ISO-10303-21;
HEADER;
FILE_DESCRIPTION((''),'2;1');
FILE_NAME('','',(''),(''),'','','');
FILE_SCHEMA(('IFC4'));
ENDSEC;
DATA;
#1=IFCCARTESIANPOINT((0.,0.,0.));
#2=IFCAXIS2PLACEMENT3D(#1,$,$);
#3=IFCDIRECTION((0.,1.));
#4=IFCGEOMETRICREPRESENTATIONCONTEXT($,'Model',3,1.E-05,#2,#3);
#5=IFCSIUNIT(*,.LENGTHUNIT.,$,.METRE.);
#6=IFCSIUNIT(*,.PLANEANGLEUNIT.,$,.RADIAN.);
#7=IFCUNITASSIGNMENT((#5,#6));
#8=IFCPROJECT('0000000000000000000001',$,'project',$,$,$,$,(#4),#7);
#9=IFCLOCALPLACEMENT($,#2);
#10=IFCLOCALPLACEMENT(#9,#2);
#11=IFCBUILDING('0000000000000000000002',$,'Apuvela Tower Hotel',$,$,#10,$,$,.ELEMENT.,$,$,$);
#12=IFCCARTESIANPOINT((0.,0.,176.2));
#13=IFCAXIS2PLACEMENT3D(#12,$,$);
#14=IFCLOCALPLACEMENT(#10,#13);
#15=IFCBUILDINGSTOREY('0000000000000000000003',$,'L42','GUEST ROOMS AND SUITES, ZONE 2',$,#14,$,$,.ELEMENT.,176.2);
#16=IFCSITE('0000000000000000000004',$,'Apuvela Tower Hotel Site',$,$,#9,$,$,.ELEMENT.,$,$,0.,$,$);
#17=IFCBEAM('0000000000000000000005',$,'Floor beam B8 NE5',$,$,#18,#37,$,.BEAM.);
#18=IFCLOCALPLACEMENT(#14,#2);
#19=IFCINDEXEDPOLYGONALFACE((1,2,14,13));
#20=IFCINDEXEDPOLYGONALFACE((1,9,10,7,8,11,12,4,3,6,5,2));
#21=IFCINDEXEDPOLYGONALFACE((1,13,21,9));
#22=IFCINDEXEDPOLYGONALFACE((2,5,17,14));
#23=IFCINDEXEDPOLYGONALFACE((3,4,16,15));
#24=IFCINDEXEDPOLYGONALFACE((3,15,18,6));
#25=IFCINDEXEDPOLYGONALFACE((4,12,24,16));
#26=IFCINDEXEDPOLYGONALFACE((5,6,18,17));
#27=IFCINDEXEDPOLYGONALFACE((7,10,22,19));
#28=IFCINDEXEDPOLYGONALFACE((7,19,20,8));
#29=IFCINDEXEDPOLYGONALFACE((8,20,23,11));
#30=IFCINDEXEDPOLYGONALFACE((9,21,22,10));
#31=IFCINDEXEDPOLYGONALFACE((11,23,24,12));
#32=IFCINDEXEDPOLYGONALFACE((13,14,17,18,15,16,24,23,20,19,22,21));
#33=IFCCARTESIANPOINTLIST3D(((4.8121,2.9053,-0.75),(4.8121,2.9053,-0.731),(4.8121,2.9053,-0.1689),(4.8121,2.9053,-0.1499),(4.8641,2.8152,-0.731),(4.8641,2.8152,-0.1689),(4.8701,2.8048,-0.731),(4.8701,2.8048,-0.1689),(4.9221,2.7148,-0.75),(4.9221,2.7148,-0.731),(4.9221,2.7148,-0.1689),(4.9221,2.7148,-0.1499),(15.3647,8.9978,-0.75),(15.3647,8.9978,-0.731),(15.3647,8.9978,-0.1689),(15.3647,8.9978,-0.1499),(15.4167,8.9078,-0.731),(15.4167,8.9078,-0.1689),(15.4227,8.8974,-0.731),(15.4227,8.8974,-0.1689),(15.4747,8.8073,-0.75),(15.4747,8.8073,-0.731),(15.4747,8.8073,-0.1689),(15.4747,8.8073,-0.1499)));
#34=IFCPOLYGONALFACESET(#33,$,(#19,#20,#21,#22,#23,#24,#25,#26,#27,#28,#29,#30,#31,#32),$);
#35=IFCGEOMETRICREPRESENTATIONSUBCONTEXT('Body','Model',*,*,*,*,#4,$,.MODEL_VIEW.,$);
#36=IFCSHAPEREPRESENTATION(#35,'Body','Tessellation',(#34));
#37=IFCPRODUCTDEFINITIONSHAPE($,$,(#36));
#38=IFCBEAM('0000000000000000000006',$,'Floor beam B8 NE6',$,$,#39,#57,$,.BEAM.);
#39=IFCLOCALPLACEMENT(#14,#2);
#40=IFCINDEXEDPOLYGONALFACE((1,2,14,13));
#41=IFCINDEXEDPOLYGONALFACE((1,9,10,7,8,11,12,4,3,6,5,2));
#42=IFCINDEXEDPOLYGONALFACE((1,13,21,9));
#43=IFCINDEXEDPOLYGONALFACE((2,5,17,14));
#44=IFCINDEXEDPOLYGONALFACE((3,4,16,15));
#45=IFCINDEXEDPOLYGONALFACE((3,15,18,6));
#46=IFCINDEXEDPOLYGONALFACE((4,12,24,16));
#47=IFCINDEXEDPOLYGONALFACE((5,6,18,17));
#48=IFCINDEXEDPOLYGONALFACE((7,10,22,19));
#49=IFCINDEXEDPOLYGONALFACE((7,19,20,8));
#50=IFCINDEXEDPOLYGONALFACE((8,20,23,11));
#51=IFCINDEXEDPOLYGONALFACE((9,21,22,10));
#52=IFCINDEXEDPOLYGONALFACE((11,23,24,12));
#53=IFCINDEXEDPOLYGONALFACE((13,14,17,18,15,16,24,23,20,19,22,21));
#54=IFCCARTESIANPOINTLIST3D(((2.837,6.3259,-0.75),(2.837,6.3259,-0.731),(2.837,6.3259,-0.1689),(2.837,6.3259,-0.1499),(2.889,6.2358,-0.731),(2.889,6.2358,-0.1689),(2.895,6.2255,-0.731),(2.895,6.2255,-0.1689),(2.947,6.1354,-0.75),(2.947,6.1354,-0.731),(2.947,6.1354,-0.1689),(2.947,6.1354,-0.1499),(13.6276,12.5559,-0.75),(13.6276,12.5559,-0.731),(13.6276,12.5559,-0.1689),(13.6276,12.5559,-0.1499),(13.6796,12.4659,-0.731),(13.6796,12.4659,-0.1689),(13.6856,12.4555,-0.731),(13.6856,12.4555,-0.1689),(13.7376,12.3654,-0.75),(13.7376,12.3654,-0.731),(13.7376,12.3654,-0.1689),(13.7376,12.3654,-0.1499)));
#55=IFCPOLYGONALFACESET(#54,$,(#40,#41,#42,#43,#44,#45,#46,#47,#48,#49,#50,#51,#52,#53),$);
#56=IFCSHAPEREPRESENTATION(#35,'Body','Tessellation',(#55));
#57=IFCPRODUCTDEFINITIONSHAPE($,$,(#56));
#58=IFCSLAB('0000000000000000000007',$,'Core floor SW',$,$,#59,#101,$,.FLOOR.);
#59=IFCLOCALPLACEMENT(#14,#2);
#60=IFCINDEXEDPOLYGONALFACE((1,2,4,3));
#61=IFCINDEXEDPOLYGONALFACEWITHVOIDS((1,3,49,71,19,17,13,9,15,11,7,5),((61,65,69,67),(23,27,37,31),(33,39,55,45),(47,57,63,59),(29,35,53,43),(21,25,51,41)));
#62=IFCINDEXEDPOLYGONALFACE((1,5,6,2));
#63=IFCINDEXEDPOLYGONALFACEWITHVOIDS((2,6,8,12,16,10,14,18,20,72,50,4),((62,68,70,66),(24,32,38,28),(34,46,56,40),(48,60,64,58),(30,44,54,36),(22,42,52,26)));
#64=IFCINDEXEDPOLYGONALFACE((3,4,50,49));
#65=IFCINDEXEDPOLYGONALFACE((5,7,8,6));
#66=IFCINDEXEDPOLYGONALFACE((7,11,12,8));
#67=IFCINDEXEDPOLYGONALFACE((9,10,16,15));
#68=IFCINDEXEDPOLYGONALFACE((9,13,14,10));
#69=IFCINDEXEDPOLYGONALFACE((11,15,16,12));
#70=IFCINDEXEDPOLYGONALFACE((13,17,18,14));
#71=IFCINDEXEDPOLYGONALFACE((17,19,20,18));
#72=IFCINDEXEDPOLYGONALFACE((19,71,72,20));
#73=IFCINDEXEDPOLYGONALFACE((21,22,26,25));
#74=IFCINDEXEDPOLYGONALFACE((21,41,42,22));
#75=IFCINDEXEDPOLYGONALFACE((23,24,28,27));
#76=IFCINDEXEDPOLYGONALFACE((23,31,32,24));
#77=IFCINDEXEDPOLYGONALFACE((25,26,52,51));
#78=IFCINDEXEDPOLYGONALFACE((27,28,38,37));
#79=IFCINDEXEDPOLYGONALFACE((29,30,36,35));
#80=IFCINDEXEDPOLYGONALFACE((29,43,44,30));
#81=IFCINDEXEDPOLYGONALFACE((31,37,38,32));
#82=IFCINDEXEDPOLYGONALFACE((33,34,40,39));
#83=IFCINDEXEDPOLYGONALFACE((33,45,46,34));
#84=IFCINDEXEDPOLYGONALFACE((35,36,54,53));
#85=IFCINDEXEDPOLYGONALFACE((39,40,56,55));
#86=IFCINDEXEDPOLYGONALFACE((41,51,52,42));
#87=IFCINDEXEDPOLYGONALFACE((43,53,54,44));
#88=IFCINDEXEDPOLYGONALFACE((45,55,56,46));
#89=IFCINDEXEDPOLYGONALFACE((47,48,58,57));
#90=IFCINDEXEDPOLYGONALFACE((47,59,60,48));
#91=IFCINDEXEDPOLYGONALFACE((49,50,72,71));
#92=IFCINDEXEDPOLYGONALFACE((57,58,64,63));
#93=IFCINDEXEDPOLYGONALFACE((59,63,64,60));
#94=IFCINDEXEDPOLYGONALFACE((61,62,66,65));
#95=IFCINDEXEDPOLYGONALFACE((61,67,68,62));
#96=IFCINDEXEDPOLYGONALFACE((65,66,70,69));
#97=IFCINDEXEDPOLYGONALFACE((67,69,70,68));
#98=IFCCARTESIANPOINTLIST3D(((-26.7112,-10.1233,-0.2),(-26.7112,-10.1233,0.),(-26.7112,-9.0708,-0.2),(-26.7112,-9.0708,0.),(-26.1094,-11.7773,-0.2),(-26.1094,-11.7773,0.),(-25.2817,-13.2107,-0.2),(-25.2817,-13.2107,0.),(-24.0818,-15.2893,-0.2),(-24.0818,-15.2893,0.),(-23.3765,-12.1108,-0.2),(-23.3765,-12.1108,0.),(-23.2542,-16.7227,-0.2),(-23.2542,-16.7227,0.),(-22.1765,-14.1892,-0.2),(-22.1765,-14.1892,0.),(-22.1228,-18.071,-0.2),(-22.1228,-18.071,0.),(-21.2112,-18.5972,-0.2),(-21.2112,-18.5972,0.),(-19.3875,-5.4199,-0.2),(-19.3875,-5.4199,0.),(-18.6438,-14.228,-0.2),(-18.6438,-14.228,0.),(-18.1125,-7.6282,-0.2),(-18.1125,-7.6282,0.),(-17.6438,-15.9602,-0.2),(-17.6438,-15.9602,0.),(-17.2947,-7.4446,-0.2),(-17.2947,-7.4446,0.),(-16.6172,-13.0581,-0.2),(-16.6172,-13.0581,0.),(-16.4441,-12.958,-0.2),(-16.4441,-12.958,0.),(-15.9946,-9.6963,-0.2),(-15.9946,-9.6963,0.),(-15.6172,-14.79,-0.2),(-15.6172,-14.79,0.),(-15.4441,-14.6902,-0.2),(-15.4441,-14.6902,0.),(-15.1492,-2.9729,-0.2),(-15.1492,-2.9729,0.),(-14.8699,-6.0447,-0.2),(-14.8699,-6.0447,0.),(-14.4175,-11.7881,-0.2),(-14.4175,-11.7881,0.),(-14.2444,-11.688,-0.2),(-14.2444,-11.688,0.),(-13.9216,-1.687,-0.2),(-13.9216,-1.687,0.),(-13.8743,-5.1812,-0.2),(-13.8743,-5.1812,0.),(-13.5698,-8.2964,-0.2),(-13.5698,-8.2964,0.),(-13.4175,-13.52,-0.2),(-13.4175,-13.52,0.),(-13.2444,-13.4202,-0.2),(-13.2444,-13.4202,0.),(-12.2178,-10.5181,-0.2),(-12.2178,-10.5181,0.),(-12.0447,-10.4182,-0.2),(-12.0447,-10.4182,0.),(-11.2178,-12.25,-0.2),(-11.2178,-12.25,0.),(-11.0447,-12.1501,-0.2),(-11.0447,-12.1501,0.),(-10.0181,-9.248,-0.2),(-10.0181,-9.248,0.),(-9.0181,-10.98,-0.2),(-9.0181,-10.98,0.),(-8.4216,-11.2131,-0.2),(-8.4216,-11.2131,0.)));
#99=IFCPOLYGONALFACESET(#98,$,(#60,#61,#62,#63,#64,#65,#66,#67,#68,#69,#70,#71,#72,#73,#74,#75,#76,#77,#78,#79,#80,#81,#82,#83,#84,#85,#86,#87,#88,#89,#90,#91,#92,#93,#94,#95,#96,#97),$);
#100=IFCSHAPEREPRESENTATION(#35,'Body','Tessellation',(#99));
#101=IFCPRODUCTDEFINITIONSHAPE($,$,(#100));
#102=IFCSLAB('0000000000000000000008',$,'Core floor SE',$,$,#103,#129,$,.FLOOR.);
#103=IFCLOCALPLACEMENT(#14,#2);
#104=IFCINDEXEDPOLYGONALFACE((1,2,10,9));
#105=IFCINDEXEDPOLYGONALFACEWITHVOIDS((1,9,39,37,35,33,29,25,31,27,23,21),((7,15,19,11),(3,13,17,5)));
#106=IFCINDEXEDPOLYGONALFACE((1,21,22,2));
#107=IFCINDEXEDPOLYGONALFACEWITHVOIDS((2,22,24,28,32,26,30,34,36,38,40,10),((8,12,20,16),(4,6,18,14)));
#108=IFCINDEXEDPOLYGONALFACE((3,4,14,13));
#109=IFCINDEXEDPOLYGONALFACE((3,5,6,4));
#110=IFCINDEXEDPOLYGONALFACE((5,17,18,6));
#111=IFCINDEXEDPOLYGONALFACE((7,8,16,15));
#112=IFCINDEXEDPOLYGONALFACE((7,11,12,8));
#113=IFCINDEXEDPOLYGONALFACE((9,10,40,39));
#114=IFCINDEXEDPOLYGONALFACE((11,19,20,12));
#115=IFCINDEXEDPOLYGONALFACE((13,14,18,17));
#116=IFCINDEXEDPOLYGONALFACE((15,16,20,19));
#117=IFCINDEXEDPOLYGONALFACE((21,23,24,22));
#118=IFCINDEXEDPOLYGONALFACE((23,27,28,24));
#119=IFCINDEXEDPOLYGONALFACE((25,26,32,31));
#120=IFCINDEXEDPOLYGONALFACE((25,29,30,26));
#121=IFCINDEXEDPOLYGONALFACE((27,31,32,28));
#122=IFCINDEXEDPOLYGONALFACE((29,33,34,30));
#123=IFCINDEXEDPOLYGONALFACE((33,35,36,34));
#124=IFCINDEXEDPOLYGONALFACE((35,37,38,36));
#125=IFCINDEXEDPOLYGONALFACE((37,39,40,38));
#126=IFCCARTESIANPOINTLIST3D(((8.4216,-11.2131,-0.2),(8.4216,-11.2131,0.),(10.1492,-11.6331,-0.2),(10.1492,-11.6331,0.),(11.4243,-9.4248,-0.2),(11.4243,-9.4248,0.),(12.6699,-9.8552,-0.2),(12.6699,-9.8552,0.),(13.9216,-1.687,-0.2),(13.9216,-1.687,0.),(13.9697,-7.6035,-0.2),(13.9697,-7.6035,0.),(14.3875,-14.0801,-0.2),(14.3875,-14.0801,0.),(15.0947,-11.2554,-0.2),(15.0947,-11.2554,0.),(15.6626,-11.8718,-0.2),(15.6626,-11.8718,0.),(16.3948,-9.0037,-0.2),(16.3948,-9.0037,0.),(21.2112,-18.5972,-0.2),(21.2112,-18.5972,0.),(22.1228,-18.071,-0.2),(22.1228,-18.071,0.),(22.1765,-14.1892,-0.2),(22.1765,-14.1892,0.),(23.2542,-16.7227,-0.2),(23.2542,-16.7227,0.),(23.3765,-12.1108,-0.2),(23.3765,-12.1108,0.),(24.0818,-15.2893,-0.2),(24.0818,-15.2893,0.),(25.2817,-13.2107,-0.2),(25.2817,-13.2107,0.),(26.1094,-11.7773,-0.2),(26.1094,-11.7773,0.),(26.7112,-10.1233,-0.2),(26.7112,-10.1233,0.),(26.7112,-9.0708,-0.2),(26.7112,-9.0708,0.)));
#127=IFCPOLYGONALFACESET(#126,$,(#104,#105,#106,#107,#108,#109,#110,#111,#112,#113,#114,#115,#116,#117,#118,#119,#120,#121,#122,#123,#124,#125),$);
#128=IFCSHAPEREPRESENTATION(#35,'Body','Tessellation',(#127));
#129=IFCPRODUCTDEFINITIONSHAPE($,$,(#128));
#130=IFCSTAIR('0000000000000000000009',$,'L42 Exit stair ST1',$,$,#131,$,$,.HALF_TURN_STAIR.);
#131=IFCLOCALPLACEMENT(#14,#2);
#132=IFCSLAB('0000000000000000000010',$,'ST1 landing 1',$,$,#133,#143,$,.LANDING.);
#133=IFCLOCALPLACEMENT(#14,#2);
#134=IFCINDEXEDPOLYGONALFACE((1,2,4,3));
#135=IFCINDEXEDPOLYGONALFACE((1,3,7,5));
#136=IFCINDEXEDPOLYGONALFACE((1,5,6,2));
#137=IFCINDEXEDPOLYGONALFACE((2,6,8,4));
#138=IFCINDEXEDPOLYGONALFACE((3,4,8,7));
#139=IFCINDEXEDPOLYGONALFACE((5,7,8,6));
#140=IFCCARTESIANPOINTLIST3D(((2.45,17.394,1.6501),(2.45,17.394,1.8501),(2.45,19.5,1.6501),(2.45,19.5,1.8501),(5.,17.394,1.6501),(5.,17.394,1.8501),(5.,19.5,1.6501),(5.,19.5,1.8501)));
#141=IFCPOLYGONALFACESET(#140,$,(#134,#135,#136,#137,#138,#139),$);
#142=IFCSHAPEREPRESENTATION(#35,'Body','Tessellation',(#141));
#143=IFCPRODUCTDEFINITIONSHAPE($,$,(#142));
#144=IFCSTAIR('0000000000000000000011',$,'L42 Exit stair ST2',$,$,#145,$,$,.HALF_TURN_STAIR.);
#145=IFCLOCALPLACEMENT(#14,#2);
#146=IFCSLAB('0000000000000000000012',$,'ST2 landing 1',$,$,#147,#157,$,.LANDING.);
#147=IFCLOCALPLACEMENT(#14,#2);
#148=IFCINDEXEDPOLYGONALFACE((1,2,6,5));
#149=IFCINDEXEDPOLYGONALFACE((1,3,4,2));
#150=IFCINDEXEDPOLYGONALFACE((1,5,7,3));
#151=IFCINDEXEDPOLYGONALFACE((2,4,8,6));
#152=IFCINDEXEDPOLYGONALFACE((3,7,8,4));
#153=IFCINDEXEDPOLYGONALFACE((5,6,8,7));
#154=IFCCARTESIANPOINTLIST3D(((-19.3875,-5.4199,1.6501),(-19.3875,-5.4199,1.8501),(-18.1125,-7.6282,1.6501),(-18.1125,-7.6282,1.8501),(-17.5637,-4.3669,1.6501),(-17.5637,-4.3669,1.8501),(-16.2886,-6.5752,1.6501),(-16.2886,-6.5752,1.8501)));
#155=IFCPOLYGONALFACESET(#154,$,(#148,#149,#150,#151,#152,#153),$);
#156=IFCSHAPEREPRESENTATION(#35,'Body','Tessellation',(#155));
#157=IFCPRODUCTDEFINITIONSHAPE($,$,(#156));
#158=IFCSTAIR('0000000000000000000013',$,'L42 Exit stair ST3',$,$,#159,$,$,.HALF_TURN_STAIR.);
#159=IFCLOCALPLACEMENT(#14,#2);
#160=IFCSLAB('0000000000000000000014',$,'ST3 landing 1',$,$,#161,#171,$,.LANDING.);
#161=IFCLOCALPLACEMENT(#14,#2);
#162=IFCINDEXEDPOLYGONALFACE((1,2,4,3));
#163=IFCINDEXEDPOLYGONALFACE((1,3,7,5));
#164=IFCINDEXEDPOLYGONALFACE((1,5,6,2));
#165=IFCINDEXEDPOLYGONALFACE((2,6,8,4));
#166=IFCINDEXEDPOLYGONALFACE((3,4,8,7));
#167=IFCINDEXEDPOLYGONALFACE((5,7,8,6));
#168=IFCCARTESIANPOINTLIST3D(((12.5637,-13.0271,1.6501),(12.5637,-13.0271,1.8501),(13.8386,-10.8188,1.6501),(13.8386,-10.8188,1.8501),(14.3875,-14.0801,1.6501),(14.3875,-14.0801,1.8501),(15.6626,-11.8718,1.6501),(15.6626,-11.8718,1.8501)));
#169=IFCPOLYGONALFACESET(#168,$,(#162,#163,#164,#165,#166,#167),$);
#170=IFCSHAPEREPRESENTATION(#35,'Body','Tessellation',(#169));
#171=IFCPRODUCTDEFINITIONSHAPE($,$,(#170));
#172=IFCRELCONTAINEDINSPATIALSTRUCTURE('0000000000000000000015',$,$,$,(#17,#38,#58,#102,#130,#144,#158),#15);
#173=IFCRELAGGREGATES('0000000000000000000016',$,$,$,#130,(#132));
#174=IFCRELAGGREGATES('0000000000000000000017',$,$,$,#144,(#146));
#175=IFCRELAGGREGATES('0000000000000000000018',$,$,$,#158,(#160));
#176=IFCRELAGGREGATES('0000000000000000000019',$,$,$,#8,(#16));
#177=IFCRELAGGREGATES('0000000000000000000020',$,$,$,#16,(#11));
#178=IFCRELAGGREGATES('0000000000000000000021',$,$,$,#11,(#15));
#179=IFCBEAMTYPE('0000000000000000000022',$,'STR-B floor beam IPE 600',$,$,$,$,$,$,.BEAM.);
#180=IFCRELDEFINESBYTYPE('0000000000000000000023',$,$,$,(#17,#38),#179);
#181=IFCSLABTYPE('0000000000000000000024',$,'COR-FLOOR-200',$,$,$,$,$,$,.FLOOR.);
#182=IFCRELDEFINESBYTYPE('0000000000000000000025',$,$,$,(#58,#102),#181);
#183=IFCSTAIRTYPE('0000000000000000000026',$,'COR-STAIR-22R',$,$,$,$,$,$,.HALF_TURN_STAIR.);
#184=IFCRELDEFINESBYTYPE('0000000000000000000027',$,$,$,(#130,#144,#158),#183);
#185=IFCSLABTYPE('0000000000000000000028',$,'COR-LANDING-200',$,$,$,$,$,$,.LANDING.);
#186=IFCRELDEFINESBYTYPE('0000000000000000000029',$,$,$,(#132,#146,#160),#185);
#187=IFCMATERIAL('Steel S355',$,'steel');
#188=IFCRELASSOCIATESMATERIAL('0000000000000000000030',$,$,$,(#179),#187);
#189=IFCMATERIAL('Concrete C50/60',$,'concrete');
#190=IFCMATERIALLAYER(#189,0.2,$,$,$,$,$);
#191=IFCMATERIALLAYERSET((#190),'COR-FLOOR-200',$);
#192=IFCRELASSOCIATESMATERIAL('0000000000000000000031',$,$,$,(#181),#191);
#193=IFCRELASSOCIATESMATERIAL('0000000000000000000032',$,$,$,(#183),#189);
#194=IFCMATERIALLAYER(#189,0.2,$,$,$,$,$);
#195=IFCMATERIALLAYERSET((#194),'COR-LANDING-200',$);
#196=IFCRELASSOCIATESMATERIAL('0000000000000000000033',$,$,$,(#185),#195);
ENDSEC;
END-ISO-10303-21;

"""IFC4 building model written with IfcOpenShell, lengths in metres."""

from ifc_helpers import new_model, si_unit, direction, frame, origin, origin_2d, place, context, subcontext, project, spatial, polyline, i_section, outline, extrude, material, layer, layer_set, material_profile, profile_set, type_object, element, aggregate, save


model = new_model("IFC4")

# Units and contexts
model_context = context("Model", 3, precision=1e-05, world=origin(), true_north=direction((0.0, 1.0)))
body_context = subcontext(model_context, "Body", "Model", "MODEL_VIEW")
ifc_project = project(units=[si_unit("LENGTHUNIT", "METRE"), si_unit("PLANEANGLEUNIT", "RADIAN")], contexts=[model_context])

# Site, building, storey
site_placement = place(None, origin())
site = spatial("IfcSite", under=ifc_project, at=site_placement, Name="Apuvela Tower Hotel Site", CompositionType="ELEMENT", RefElevation=0.0)
building_placement = place(site_placement, origin())
building = spatial("IfcBuilding", under=site, at=building_placement, Name="Apuvela Tower Hotel", CompositionType="ELEMENT")
storey_placement = place(building_placement, frame((0.0, 0.0, 176.2)))
storey = spatial("IfcBuildingStorey", under=building, at=storey_placement, Name="L42", Description="GUEST ROOMS AND SUITES, ZONE 2", CompositionType="ELEMENT", Elevation=176.2)

# Beams
ifc_material_1 = material(Name="Steel S355", Category="steel")
ifc_material_profile = material_profile(ifc_material_1, i_section(OverallWidth=0.22, OverallDepth=0.6001, WebThickness=0.012, FlangeThickness=0.019, at=origin_2d()), Name="IPE 600")
ifc_profile_set = profile_set([ifc_material_profile], Name="Steel S355")
beam_type = type_object("IfcBeamType", Name="STR-B floor beam IPE 600", PredefinedType="BEAM", material=ifc_profile_set)
beam_1_placement = place(storey_placement, frame((15.4197, 8.9026, -0.45), z_axis=(-0.866024, -0.500003, 0.0), x_axis=(0.500003, -0.866024, 0.0)))
element("IfcBeam", 1, at=beam_1_placement, inside=storey, type_object=beam_type, Name="Floor beam B8 NE5", PredefinedType="BEAM", context=body_context, shape_type="SweptSolid", body=[
    extrude(i_section(OverallWidth=0.22, OverallDepth=0.6001, WebThickness=0.012, FlangeThickness=0.019, at=origin_2d()), origin(), (0.0, 0.0, 1.0), 12.1851),
])
beam_2_placement = place(storey_placement, frame((13.6826, 12.4607, -0.45), z_axis=(-0.866023, -0.500004, 0.0), x_axis=(0.500004, -0.866023, 0.0)))
element("IfcBeam", 2, at=beam_2_placement, inside=storey, type_object=beam_type, Name="Floor beam B8 NE6", PredefinedType="BEAM", context=body_context, shape_type="SweptSolid", body=[
    extrude(i_section(OverallWidth=0.22, OverallDepth=0.6001, WebThickness=0.012, FlangeThickness=0.019, at=origin_2d()), origin(), (0.0, 0.0, 1.0), 12.46),
])

# Slabs
ifc_material_2 = material(Name="Concrete C50/60", Category="concrete")
ifc_layer_1 = layer(ifc_material_2, 0.2)
ifc_layer_set_1 = layer_set([ifc_layer_1], Name="COR-FLOOR-200")
slab_type_1 = type_object("IfcSlabType", Name="COR-FLOOR-200", PredefinedType="FLOOR", material=ifc_layer_set_1)
slab_1_placement = place(storey_placement, frame((0.0, 0.0, -0.2)))
element("IfcSlab", 3, at=slab_1_placement, inside=storey, type_object=slab_type_1, Name="Core floor SW", PredefinedType="FLOOR", context=body_context, shape_type="SweptSolid", body=[
    extrude(outline(polyline([(-26.7112, -9.0708), (-26.7112, -10.1233), (-26.1094, -11.7773), (-25.2817, -13.2107), (-23.3765, -12.1108), (-22.1765, -14.1892), (-24.0818, -15.2893), (-23.2542, -16.7227), (-22.1228, -18.071), (-21.2112, -18.5972), (-8.4216, -11.2131), (-13.9216, -1.687), (-26.7112, -9.0708)]), holes=[polyline([(-10.0181, -9.248), (-9.0181, -10.98), (-11.0447, -12.1501), (-12.0447, -10.4182), (-10.0181, -9.248)]), polyline([(-14.2444, -11.688), (-12.2178, -10.5181), (-11.2178, -12.25), (-13.2444, -13.4202), (-14.2444, -11.688)]), polyline([(-19.3875, -5.4199), (-15.1492, -2.9729), (-13.8743, -5.1812), (-18.1125, -7.6282), (-19.3875, -5.4199)]), polyline([(-14.8699, -6.0447), (-13.5698, -8.2964), (-15.9946, -9.6963), (-17.2947, -7.4446), (-14.8699, -6.0447)]), polyline([(-16.4441, -12.958), (-14.4175, -11.7881), (-13.4175, -13.52), (-15.4441, -14.6902), (-16.4441, -12.958)]), polyline([(-18.6438, -14.228), (-16.6172, -13.0581), (-15.6172, -14.79), (-17.6438, -15.9602), (-18.6438, -14.228)])]), origin(), (0.0, 0.0, 1.0), 0.2),
])
slab_2_placement = place(storey_placement, frame((0.0, 0.0, -0.2)))
element("IfcSlab", 4, at=slab_2_placement, inside=storey, type_object=slab_type_1, Name="Core floor SE", PredefinedType="FLOOR", context=body_context, shape_type="SweptSolid", body=[
    extrude(outline(polyline([(21.2112, -18.5972), (22.1228, -18.071), (23.2542, -16.7227), (24.0818, -15.2893), (22.1765, -14.1892), (23.3765, -12.1108), (25.2817, -13.2107), (26.1094, -11.7773), (26.7112, -10.1233), (26.7112, -9.0708), (13.9216, -1.687), (8.4216, -11.2131), (21.2112, -18.5972)]), holes=[polyline([(11.4243, -9.4248), (15.6626, -11.8718), (14.3875, -14.0801), (10.1492, -11.6331), (11.4243, -9.4248)]), polyline([(13.9697, -7.6035), (16.3948, -9.0037), (15.0947, -11.2554), (12.6699, -9.8552), (13.9697, -7.6035)])]), origin(), (0.0, 0.0, 1.0), 0.2),
])

# Stairs, slabs
stair_type = type_object("IfcStairType", Name="COR-STAIR-22R", PredefinedType="HALF_TURN_STAIR", material=ifc_material_2)
stair_1_placement = place(storey_placement, origin())
stair_1 = element("IfcStair", 5, at=stair_1_placement, inside=storey, type_object=stair_type, Name="L42 Exit stair ST1", PredefinedType="HALF_TURN_STAIR")
ifc_layer_2 = layer(ifc_material_2, 0.2)
ifc_layer_set_2 = layer_set([ifc_layer_2], Name="COR-LANDING-200")
slab_type_2 = type_object("IfcSlabType", Name="COR-LANDING-200", PredefinedType="LANDING", material=ifc_layer_set_2)
slab_3_placement = place(storey_placement, frame((0.0, 0.0, 1.6501)))
slab_3 = element("IfcSlab", 6, at=slab_3_placement, type_object=slab_type_2, Name="ST1 landing 1", PredefinedType="LANDING", context=body_context, shape_type="SweptSolid", body=[
    extrude(outline(polyline([(5.0, 17.394), (5.0, 19.5), (2.45, 19.5), (2.45, 17.394), (5.0, 17.394)])), origin(), (0.0, 0.0, 1.0), 0.2),
])
aggregate(stair_1, [slab_3])
stair_2_placement = place(storey_placement, origin())
stair_2 = element("IfcStair", 7, at=stair_2_placement, inside=storey, type_object=stair_type, Name="L42 Exit stair ST2", PredefinedType="HALF_TURN_STAIR")
slab_4_placement = place(storey_placement, frame((0.0, 0.0, 1.6501)))
slab_4 = element("IfcSlab", 8, at=slab_4_placement, type_object=slab_type_2, Name="ST2 landing 1", PredefinedType="LANDING", context=body_context, shape_type="SweptSolid", body=[
    extrude(outline(polyline([(-17.5637, -4.3669), (-19.3875, -5.4199), (-18.1125, -7.6282), (-16.2886, -6.5752), (-17.5637, -4.3669)])), origin(), (0.0, 0.0, 1.0), 0.2),
])
aggregate(stair_2, [slab_4])
stair_3_placement = place(storey_placement, origin())
stair_3 = element("IfcStair", 9, at=stair_3_placement, inside=storey, type_object=stair_type, Name="L42 Exit stair ST3", PredefinedType="HALF_TURN_STAIR")
slab_5_placement = place(storey_placement, frame((0.0, 0.0, 1.6501)))
slab_5 = element("IfcSlab", 10, at=slab_5_placement, type_object=slab_type_2, Name="ST3 landing 1", PredefinedType="LANDING", context=body_context, shape_type="SweptSolid", body=[
    extrude(outline(polyline([(12.5637, -13.0271), (14.3875, -14.0801), (15.6626, -11.8718), (13.8386, -10.8188), (12.5637, -13.0271)])), origin(), (0.0, 0.0, 1.0), 0.2),
])
aggregate(stair_3, [slab_5])

save(model, "model.ifc")
